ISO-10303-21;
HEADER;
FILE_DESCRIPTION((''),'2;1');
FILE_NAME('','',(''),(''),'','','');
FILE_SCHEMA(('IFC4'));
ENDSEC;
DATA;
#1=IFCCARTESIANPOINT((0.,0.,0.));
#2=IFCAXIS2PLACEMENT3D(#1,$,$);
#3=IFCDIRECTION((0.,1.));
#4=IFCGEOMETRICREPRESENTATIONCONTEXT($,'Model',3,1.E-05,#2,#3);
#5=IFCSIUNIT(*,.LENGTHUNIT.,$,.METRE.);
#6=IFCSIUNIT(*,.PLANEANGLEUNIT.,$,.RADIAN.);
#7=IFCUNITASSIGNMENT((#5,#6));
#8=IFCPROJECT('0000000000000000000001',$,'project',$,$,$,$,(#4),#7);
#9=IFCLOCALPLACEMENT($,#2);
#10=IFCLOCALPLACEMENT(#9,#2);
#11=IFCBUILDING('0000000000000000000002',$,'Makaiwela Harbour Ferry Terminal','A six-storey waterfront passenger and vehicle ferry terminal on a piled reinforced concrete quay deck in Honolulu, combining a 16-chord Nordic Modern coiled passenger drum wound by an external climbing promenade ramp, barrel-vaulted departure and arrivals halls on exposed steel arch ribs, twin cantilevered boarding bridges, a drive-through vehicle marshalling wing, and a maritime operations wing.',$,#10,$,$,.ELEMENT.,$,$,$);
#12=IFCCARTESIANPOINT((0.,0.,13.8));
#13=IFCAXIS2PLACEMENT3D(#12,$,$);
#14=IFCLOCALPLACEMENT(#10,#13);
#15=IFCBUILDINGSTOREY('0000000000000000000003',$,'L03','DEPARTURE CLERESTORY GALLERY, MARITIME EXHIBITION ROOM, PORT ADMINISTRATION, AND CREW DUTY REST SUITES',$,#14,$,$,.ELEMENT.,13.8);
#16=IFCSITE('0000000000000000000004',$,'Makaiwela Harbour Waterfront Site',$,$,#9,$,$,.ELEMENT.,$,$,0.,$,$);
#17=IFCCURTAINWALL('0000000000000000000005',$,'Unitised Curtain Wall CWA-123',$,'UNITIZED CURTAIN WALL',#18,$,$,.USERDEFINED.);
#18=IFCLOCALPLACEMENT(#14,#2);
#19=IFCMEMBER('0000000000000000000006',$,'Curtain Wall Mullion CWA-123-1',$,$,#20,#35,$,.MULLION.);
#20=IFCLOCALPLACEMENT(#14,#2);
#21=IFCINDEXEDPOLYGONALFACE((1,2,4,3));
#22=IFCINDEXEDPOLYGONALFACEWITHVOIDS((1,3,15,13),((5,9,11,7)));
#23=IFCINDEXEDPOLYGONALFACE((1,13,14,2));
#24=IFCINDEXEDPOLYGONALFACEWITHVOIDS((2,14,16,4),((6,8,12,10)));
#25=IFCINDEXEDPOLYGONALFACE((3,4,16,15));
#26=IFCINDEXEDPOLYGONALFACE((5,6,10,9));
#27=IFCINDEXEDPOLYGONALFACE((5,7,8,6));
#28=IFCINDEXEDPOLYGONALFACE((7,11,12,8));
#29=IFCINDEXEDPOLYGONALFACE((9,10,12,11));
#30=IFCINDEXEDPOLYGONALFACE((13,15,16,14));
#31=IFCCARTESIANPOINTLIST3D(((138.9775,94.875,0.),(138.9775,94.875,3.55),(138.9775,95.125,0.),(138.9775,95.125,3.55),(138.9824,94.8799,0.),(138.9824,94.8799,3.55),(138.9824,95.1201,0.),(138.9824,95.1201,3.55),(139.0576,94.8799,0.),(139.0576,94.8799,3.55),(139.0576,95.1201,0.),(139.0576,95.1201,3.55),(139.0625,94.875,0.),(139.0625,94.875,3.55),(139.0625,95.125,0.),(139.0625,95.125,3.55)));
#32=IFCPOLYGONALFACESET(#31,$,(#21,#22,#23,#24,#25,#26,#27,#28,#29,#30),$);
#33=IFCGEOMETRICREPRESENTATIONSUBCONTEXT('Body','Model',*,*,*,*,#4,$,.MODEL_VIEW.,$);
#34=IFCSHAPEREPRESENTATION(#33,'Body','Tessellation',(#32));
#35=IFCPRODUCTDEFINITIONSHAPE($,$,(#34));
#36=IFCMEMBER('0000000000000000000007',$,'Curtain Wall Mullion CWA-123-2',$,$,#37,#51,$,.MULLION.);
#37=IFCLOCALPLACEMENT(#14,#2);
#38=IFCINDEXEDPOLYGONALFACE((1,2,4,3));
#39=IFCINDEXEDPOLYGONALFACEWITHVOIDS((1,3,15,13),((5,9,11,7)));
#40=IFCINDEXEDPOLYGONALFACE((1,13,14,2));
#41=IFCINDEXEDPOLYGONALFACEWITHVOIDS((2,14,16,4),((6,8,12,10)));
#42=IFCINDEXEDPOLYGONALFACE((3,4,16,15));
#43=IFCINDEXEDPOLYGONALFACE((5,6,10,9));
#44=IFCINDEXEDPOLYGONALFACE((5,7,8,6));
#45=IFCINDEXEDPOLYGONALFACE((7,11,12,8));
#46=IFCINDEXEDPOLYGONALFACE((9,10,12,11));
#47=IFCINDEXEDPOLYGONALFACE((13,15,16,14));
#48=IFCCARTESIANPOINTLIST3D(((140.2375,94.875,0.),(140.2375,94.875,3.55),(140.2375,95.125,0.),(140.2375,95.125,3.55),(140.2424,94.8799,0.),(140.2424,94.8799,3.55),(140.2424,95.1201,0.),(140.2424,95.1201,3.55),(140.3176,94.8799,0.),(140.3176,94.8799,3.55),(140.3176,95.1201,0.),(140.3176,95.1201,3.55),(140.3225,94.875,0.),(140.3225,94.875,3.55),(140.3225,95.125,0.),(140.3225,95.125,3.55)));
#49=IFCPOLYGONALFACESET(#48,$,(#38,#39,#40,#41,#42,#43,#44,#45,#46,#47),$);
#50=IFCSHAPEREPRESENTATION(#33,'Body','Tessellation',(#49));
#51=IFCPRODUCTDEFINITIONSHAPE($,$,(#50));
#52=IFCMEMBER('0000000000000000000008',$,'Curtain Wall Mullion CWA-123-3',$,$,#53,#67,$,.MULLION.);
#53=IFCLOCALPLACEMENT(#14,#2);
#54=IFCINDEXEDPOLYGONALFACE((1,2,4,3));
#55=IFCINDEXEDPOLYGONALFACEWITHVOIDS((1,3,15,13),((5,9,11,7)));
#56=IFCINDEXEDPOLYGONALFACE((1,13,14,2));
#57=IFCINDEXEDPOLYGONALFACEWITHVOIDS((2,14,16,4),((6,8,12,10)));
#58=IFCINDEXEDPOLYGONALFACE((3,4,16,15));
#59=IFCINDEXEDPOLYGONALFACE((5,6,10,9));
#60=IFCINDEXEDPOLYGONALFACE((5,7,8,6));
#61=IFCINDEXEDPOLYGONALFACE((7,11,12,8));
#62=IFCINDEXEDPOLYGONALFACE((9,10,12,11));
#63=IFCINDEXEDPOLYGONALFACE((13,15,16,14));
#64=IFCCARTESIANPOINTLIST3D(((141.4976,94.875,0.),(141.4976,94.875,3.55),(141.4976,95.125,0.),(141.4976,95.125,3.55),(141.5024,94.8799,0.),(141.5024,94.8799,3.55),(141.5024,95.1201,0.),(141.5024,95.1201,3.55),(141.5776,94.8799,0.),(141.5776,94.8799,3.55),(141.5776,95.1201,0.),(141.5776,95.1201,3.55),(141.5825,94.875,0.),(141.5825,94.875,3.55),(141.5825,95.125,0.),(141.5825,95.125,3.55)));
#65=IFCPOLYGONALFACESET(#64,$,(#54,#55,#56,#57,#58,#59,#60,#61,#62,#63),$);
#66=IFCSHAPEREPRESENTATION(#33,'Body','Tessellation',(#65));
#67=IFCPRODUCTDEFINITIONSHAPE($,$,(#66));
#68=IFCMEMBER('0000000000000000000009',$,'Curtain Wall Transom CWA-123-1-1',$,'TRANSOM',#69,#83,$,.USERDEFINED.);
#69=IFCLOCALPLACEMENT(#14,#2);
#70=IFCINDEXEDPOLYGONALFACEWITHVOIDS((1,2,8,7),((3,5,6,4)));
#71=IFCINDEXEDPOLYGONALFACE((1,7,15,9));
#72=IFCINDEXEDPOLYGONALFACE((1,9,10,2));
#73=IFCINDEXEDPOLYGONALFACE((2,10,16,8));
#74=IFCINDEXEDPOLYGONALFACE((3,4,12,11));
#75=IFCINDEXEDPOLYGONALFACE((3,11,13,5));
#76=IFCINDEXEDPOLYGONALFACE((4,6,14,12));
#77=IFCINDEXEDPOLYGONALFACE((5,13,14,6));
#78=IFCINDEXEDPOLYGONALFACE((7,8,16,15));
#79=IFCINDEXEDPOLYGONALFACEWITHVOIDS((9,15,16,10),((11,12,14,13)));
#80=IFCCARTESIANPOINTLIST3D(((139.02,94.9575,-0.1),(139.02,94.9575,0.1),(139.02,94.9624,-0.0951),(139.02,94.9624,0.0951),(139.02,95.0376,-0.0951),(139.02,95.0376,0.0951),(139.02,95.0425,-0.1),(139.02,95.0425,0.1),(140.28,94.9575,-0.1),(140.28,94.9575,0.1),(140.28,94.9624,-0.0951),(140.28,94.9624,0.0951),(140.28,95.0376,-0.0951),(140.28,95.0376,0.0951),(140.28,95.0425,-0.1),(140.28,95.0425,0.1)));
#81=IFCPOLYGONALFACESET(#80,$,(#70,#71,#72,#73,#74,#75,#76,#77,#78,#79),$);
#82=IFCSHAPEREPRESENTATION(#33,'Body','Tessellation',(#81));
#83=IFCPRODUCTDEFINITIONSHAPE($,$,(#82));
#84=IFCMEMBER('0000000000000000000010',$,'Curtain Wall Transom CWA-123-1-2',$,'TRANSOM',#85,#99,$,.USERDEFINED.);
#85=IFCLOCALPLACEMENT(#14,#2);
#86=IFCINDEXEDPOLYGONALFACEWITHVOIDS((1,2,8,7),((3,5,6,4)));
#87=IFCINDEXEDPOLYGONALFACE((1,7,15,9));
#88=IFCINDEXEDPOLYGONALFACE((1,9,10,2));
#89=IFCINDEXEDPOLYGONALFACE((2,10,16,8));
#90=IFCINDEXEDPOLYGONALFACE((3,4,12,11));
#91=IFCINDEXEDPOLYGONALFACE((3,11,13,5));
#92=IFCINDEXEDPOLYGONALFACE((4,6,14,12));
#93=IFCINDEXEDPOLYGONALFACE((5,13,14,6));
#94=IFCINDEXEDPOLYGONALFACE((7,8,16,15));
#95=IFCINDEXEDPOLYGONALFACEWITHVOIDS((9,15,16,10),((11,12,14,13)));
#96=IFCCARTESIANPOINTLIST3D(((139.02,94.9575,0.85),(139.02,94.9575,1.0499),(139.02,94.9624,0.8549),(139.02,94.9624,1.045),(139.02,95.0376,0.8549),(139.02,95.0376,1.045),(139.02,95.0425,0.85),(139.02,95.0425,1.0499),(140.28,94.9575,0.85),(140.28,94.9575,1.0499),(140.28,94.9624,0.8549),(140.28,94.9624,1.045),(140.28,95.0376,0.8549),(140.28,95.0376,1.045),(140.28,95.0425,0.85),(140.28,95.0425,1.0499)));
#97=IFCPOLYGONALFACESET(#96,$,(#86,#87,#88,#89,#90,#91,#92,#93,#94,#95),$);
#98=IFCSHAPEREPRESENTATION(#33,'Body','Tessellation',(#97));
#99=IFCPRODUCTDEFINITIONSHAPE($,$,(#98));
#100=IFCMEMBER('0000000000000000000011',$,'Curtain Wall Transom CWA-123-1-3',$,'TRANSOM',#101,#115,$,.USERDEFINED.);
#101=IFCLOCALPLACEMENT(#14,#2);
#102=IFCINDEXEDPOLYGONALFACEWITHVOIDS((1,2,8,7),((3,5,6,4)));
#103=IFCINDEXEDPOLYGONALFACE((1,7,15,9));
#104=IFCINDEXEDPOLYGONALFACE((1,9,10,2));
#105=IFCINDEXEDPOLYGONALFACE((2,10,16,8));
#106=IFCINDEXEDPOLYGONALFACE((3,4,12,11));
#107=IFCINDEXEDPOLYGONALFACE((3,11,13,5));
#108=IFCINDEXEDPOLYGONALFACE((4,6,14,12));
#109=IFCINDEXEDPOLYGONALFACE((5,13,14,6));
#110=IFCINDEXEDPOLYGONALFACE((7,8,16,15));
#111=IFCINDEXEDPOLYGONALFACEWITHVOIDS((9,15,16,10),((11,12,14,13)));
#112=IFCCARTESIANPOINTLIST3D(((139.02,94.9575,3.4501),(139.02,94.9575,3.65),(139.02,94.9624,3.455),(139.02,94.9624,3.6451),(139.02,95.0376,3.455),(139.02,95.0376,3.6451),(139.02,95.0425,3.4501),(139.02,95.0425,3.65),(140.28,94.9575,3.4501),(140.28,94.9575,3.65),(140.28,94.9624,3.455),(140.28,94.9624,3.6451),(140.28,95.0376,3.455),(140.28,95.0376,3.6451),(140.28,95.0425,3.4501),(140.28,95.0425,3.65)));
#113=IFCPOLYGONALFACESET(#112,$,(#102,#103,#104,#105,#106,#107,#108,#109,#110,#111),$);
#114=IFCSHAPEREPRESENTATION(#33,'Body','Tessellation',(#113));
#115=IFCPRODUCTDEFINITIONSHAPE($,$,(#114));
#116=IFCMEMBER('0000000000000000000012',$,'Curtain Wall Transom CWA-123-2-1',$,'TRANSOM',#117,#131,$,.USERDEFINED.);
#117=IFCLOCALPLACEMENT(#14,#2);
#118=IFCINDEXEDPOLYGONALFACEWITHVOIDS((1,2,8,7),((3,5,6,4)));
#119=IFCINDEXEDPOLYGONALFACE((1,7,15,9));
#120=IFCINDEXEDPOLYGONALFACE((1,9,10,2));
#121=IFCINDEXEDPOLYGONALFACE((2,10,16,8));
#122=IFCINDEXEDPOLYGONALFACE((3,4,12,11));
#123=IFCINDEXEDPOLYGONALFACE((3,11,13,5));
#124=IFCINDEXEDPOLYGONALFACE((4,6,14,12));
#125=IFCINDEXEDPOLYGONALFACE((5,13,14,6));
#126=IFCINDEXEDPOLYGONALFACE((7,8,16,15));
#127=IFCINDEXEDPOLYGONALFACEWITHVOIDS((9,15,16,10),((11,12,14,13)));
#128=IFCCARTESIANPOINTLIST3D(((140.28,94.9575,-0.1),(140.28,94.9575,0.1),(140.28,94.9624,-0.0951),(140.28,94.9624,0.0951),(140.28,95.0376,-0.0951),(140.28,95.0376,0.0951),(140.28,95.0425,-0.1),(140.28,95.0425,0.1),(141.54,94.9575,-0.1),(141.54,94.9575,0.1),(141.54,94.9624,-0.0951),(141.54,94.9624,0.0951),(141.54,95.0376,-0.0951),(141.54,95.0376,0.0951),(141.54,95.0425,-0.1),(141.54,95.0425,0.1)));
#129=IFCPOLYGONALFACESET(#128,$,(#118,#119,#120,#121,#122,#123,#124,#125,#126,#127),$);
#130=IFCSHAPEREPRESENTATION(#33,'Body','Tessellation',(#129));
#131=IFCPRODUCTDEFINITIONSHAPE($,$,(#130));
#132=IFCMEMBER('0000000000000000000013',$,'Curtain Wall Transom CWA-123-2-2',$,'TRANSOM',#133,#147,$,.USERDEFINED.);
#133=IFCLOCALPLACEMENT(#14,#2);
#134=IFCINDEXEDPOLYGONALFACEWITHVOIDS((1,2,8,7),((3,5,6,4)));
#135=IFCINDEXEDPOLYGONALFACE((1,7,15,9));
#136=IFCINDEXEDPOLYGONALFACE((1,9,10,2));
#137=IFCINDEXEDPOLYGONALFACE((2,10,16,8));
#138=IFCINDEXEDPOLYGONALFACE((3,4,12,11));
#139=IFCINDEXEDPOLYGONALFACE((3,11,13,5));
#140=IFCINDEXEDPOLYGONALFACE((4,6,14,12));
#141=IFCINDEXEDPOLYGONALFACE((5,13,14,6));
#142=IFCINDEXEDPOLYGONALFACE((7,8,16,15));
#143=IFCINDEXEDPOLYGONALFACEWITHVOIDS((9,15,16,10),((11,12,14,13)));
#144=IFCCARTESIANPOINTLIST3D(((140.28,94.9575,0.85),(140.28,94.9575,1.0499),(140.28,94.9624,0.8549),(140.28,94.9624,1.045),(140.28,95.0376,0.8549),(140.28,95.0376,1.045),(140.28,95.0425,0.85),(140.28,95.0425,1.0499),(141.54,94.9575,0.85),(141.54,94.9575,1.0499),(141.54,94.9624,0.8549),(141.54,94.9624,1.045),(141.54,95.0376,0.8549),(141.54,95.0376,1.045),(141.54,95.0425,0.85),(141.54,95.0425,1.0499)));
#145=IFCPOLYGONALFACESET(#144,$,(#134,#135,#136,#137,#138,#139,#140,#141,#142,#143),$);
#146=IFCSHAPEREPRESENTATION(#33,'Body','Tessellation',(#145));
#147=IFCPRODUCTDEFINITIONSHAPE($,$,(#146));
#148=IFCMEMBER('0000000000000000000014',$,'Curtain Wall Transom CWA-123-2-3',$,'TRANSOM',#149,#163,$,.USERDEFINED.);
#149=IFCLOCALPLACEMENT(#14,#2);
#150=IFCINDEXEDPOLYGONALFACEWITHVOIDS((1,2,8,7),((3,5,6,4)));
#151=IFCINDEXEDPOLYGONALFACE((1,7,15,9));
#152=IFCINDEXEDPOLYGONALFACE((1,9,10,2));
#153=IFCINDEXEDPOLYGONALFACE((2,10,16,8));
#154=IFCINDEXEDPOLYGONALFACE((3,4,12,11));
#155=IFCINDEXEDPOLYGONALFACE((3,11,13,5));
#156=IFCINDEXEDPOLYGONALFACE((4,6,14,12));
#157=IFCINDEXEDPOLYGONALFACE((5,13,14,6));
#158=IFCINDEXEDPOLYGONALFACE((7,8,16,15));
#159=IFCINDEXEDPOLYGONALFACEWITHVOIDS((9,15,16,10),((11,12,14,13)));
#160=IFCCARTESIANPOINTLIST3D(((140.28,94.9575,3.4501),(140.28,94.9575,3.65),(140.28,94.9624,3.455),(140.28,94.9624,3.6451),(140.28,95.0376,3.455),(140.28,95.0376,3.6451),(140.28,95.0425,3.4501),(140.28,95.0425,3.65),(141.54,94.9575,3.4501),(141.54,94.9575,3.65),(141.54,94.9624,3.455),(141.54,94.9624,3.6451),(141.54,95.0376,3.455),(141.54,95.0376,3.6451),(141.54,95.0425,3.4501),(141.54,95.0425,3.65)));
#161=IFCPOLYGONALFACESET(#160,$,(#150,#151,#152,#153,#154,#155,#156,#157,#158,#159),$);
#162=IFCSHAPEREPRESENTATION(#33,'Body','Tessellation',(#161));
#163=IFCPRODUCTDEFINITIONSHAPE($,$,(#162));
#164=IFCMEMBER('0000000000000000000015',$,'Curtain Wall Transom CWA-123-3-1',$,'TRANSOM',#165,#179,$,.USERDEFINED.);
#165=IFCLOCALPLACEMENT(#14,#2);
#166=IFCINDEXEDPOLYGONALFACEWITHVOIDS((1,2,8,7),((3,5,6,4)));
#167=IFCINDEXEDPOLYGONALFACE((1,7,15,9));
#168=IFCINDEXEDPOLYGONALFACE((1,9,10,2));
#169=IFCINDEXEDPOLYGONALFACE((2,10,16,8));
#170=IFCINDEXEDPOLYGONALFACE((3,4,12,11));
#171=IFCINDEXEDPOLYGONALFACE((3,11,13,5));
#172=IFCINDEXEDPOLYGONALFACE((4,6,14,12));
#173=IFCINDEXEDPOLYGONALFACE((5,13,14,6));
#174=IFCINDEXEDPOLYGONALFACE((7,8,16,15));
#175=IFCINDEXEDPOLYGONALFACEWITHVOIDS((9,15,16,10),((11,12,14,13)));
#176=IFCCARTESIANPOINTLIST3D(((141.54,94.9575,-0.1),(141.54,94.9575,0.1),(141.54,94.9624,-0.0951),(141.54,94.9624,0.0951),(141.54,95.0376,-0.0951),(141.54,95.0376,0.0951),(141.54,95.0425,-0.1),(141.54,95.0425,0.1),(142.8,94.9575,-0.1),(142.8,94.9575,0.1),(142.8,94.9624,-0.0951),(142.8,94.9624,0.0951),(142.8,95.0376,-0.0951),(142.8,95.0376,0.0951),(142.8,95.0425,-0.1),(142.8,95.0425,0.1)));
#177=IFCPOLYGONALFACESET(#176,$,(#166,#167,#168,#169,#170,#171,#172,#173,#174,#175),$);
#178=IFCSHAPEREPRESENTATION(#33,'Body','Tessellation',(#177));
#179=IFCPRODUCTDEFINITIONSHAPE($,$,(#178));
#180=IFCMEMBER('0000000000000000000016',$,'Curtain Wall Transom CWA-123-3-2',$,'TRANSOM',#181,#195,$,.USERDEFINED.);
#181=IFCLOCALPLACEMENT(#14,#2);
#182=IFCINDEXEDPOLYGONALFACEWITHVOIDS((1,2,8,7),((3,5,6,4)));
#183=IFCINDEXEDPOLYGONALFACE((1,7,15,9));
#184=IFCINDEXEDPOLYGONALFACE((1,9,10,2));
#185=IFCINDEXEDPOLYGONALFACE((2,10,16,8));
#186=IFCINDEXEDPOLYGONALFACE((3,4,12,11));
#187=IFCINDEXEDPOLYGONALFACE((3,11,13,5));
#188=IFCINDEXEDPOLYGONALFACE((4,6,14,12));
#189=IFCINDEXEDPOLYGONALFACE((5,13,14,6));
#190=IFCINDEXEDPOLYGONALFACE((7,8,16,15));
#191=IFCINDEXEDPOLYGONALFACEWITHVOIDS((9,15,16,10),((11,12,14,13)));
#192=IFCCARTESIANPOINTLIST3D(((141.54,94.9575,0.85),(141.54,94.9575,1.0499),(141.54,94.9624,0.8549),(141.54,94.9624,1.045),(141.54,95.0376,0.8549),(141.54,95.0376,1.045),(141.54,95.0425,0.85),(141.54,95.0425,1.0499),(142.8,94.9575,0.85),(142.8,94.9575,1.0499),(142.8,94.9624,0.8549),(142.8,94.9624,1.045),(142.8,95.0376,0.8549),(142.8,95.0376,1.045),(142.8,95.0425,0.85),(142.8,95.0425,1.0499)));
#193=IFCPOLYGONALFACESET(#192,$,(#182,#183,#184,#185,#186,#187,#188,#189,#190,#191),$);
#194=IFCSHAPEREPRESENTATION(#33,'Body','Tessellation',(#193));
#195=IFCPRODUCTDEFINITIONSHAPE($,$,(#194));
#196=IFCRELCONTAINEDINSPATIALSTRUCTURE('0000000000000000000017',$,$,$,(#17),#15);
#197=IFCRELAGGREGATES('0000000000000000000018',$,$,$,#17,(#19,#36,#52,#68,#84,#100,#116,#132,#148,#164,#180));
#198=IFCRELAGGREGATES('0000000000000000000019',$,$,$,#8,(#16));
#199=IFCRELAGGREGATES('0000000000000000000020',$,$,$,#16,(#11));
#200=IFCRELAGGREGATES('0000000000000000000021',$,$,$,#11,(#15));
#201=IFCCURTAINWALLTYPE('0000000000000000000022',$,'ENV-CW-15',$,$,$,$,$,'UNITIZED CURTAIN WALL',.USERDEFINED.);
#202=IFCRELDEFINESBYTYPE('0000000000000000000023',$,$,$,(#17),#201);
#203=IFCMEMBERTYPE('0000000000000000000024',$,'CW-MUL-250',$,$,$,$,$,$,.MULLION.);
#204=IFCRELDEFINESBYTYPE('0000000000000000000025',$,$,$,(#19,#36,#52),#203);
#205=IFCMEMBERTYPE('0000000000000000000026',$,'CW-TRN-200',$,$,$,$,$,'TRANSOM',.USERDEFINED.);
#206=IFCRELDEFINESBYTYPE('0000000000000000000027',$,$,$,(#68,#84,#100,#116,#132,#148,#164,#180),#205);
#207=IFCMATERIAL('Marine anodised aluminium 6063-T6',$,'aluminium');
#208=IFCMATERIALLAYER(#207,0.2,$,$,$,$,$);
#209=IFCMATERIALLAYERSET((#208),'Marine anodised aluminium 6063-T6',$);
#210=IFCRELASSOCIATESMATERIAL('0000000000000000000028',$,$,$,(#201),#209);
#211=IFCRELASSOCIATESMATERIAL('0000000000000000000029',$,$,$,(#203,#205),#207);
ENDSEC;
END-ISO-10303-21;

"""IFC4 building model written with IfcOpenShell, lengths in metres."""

from ifc_helpers import new_model, si_unit, direction, frame, origin, origin_2d, place, context, subcontext, project, spatial, hollow_rectangle, extrude, material, layer, layer_set, material_profile, profile_set, type_object, element, aggregate, save


model = new_model("IFC4")

# Units and contexts
model_context = context("Model", 3, precision=1e-05, world=origin(), true_north=direction((0.0, 1.0)))
body_context = subcontext(model_context, "Body", "Model", "MODEL_VIEW")
ifc_project = project(units=[si_unit("LENGTHUNIT", "METRE"), si_unit("PLANEANGLEUNIT", "RADIAN")], contexts=[model_context])

# Site, building, storey
site_placement = place(None, origin())
site = spatial("IfcSite", under=ifc_project, at=site_placement, Name="Makaiwela Harbour Waterfront Site", CompositionType="ELEMENT", RefElevation=0.0)
building_placement = place(site_placement, origin())
building = spatial("IfcBuilding", under=site, at=building_placement, Name="Makaiwela Harbour Ferry Terminal", Description="A six-storey waterfront passenger and vehicle ferry terminal on a piled reinforced concrete quay deck in Honolulu, combining a 16-chord Nordic Modern coiled passenger drum wound by an external climbing promenade ramp, barrel-vaulted departure and arrivals halls on exposed steel arch ribs, twin cantilevered boarding bridges, a drive-through vehicle marshalling wing, and a maritime operations wing.", CompositionType="ELEMENT")
storey_placement = place(building_placement, frame((0.0, 0.0, 13.8)))
storey = spatial("IfcBuildingStorey", under=building, at=storey_placement, Name="L03", Description="DEPARTURE CLERESTORY GALLERY, MARITIME EXHIBITION ROOM, PORT ADMINISTRATION, AND CREW DUTY REST SUITES", CompositionType="ELEMENT", Elevation=13.8)

# Curtain wall, members
ifc_material_1 = material(Name="Marine anodised aluminium 6063-T6", Category="aluminium")
ifc_layer_1 = layer(ifc_material_1, 0.2)
ifc_layer_set_1 = layer_set([ifc_layer_1], Name="Marine anodised aluminium 6063-T6")
curtain_wall_type = type_object("IfcCurtainWallType", Name="ENV-CW-15", ElementType="UNITIZED CURTAIN WALL", PredefinedType="USERDEFINED", material=ifc_layer_set_1)
curtain_wall_placement = place(storey_placement, origin())
curtain_wall = element("IfcCurtainWall", 1, at=curtain_wall_placement, inside=storey, type_object=curtain_wall_type, Name="Unitised Curtain Wall CWA-123", ObjectType="UNITIZED CURTAIN WALL", PredefinedType="USERDEFINED")
ifc_material_profile_1 = material_profile(ifc_material_1, hollow_rectangle(XDim=0.085, YDim=0.25, WallThickness=0.0049, at=origin_2d()), Name="CWM-250X85")
ifc_profile_set_1 = profile_set([ifc_material_profile_1], Name="Marine anodised aluminium 6063-T6")
member_type_1 = type_object("IfcMemberType", Name="CW-MUL-250", PredefinedType="MULLION", material=ifc_profile_set_1)
member_1_placement = place(storey_placement, frame((139.02, 95.0, 0.0), z_axis=(0.0, 0.0, 1.0), x_axis=(1.0, 0.0, 0.0)))
member_1 = element("IfcMember", 2, at=member_1_placement, type_object=member_type_1, Name="Curtain Wall Mullion CWA-123-1", PredefinedType="MULLION", context=body_context, shape_type="SweptSolid", body=[
    extrude(hollow_rectangle(XDim=0.085, YDim=0.25, WallThickness=0.0049, at=origin_2d()), origin(), (0.0, 0.0, 1.0), 3.55),
])
member_2_placement = place(storey_placement, frame((140.28, 95.0, 0.0), z_axis=(0.0, 0.0, 1.0), x_axis=(1.0, 0.0, 0.0)))
member_2 = element("IfcMember", 3, at=member_2_placement, type_object=member_type_1, Name="Curtain Wall Mullion CWA-123-2", PredefinedType="MULLION", context=body_context, shape_type="SweptSolid", body=[
    extrude(hollow_rectangle(XDim=0.085, YDim=0.25, WallThickness=0.0049, at=origin_2d()), origin(), (0.0, 0.0, 1.0), 3.55),
])
member_3_placement = place(storey_placement, frame((141.54, 95.0, 0.0), z_axis=(0.0, 0.0, 1.0), x_axis=(1.0, 0.0, 0.0)))
member_3 = element("IfcMember", 4, at=member_3_placement, type_object=member_type_1, Name="Curtain Wall Mullion CWA-123-3", PredefinedType="MULLION", context=body_context, shape_type="SweptSolid", body=[
    extrude(hollow_rectangle(XDim=0.085, YDim=0.25, WallThickness=0.0049, at=origin_2d()), origin(), (0.0, 0.0, 1.0), 3.55),
])
ifc_material_profile_2 = material_profile(ifc_material_1, hollow_rectangle(XDim=0.085, YDim=0.2, WallThickness=0.0049, at=origin_2d()), Name="CWT-200X85")
ifc_profile_set_2 = profile_set([ifc_material_profile_2], Name="Marine anodised aluminium 6063-T6")
member_type_2 = type_object("IfcMemberType", Name="CW-TRN-200", ElementType="TRANSOM", PredefinedType="USERDEFINED", material=ifc_profile_set_2)
member_4_placement = place(storey_placement, frame((139.02, 95.0, 0.0), z_axis=(1.0, 0.0, 0.0), x_axis=(0.0, 1.0, 0.0)))
member_4 = element("IfcMember", 5, at=member_4_placement, type_object=member_type_2, Name="Curtain Wall Transom CWA-123-1-1", ObjectType="TRANSOM", PredefinedType="USERDEFINED", context=body_context, shape_type="SweptSolid", body=[
    extrude(hollow_rectangle(XDim=0.085, YDim=0.2, WallThickness=0.0049, at=origin_2d()), origin(), (0.0, 0.0, 1.0), 1.26),
])
member_5_placement = place(storey_placement, frame((139.02, 95.0, 0.95), z_axis=(1.0, 0.0, 0.0), x_axis=(0.0, 1.0, 0.0)))
member_5 = element("IfcMember", 6, at=member_5_placement, type_object=member_type_2, Name="Curtain Wall Transom CWA-123-1-2", ObjectType="TRANSOM", PredefinedType="USERDEFINED", context=body_context, shape_type="SweptSolid", body=[
    extrude(hollow_rectangle(XDim=0.085, YDim=0.2, WallThickness=0.0049, at=origin_2d()), origin(), (0.0, 0.0, 1.0), 1.26),
])
member_6_placement = place(storey_placement, frame((139.02, 95.0, 3.55), z_axis=(1.0, 0.0, 0.0), x_axis=(0.0, 1.0, 0.0)))
member_6 = element("IfcMember", 7, at=member_6_placement, type_object=member_type_2, Name="Curtain Wall Transom CWA-123-1-3", ObjectType="TRANSOM", PredefinedType="USERDEFINED", context=body_context, shape_type="SweptSolid", body=[
    extrude(hollow_rectangle(XDim=0.085, YDim=0.2, WallThickness=0.0049, at=origin_2d()), origin(), (0.0, 0.0, 1.0), 1.26),
])
member_7_placement = place(storey_placement, frame((140.28, 95.0, 0.0), z_axis=(1.0, 0.0, 0.0), x_axis=(0.0, 1.0, 0.0)))
member_7 = element("IfcMember", 8, at=member_7_placement, type_object=member_type_2, Name="Curtain Wall Transom CWA-123-2-1", ObjectType="TRANSOM", PredefinedType="USERDEFINED", context=body_context, shape_type="SweptSolid", body=[
    extrude(hollow_rectangle(XDim=0.085, YDim=0.2, WallThickness=0.0049, at=origin_2d()), origin(), (0.0, 0.0, 1.0), 1.26),
])
member_8_placement = place(storey_placement, frame((140.28, 95.0, 0.95), z_axis=(1.0, 0.0, 0.0), x_axis=(0.0, 1.0, 0.0)))
member_8 = element("IfcMember", 9, at=member_8_placement, type_object=member_type_2, Name="Curtain Wall Transom CWA-123-2-2", ObjectType="TRANSOM", PredefinedType="USERDEFINED", context=body_context, shape_type="SweptSolid", body=[
    extrude(hollow_rectangle(XDim=0.085, YDim=0.2, WallThickness=0.0049, at=origin_2d()), origin(), (0.0, 0.0, 1.0), 1.26),
])
member_9_placement = place(storey_placement, frame((140.28, 95.0, 3.55), z_axis=(1.0, 0.0, 0.0), x_axis=(0.0, 1.0, 0.0)))
member_9 = element("IfcMember", 10, at=member_9_placement, type_object=member_type_2, Name="Curtain Wall Transom CWA-123-2-3", ObjectType="TRANSOM", PredefinedType="USERDEFINED", context=body_context, shape_type="SweptSolid", body=[
    extrude(hollow_rectangle(XDim=0.085, YDim=0.2, WallThickness=0.0049, at=origin_2d()), origin(), (0.0, 0.0, 1.0), 1.26),
])
member_10_placement = place(storey_placement, frame((141.54, 95.0, 0.0), z_axis=(1.0, 0.0, 0.0), x_axis=(0.0, 1.0, 0.0)))
member_10 = element("IfcMember", 11, at=member_10_placement, type_object=member_type_2, Name="Curtain Wall Transom CWA-123-3-1", ObjectType="TRANSOM", PredefinedType="USERDEFINED", context=body_context, shape_type="SweptSolid", body=[
    extrude(hollow_rectangle(XDim=0.085, YDim=0.2, WallThickness=0.0049, at=origin_2d()), origin(), (0.0, 0.0, 1.0), 1.26),
])
member_11_placement = place(storey_placement, frame((141.54, 95.0, 0.95), z_axis=(1.0, 0.0, 0.0), x_axis=(0.0, 1.0, 0.0)))
member_11 = element("IfcMember", 12, at=member_11_placement, type_object=member_type_2, Name="Curtain Wall Transom CWA-123-3-2", ObjectType="TRANSOM", PredefinedType="USERDEFINED", context=body_context, shape_type="SweptSolid", body=[
    extrude(hollow_rectangle(XDim=0.085, YDim=0.2, WallThickness=0.0049, at=origin_2d()), origin(), (0.0, 0.0, 1.0), 1.26),
])

aggregate(curtain_wall, [member_1, member_2, member_3, member_4, member_5, member_6, member_7, member_8, member_9, member_10, member_11])

save(model, "model.ifc")
